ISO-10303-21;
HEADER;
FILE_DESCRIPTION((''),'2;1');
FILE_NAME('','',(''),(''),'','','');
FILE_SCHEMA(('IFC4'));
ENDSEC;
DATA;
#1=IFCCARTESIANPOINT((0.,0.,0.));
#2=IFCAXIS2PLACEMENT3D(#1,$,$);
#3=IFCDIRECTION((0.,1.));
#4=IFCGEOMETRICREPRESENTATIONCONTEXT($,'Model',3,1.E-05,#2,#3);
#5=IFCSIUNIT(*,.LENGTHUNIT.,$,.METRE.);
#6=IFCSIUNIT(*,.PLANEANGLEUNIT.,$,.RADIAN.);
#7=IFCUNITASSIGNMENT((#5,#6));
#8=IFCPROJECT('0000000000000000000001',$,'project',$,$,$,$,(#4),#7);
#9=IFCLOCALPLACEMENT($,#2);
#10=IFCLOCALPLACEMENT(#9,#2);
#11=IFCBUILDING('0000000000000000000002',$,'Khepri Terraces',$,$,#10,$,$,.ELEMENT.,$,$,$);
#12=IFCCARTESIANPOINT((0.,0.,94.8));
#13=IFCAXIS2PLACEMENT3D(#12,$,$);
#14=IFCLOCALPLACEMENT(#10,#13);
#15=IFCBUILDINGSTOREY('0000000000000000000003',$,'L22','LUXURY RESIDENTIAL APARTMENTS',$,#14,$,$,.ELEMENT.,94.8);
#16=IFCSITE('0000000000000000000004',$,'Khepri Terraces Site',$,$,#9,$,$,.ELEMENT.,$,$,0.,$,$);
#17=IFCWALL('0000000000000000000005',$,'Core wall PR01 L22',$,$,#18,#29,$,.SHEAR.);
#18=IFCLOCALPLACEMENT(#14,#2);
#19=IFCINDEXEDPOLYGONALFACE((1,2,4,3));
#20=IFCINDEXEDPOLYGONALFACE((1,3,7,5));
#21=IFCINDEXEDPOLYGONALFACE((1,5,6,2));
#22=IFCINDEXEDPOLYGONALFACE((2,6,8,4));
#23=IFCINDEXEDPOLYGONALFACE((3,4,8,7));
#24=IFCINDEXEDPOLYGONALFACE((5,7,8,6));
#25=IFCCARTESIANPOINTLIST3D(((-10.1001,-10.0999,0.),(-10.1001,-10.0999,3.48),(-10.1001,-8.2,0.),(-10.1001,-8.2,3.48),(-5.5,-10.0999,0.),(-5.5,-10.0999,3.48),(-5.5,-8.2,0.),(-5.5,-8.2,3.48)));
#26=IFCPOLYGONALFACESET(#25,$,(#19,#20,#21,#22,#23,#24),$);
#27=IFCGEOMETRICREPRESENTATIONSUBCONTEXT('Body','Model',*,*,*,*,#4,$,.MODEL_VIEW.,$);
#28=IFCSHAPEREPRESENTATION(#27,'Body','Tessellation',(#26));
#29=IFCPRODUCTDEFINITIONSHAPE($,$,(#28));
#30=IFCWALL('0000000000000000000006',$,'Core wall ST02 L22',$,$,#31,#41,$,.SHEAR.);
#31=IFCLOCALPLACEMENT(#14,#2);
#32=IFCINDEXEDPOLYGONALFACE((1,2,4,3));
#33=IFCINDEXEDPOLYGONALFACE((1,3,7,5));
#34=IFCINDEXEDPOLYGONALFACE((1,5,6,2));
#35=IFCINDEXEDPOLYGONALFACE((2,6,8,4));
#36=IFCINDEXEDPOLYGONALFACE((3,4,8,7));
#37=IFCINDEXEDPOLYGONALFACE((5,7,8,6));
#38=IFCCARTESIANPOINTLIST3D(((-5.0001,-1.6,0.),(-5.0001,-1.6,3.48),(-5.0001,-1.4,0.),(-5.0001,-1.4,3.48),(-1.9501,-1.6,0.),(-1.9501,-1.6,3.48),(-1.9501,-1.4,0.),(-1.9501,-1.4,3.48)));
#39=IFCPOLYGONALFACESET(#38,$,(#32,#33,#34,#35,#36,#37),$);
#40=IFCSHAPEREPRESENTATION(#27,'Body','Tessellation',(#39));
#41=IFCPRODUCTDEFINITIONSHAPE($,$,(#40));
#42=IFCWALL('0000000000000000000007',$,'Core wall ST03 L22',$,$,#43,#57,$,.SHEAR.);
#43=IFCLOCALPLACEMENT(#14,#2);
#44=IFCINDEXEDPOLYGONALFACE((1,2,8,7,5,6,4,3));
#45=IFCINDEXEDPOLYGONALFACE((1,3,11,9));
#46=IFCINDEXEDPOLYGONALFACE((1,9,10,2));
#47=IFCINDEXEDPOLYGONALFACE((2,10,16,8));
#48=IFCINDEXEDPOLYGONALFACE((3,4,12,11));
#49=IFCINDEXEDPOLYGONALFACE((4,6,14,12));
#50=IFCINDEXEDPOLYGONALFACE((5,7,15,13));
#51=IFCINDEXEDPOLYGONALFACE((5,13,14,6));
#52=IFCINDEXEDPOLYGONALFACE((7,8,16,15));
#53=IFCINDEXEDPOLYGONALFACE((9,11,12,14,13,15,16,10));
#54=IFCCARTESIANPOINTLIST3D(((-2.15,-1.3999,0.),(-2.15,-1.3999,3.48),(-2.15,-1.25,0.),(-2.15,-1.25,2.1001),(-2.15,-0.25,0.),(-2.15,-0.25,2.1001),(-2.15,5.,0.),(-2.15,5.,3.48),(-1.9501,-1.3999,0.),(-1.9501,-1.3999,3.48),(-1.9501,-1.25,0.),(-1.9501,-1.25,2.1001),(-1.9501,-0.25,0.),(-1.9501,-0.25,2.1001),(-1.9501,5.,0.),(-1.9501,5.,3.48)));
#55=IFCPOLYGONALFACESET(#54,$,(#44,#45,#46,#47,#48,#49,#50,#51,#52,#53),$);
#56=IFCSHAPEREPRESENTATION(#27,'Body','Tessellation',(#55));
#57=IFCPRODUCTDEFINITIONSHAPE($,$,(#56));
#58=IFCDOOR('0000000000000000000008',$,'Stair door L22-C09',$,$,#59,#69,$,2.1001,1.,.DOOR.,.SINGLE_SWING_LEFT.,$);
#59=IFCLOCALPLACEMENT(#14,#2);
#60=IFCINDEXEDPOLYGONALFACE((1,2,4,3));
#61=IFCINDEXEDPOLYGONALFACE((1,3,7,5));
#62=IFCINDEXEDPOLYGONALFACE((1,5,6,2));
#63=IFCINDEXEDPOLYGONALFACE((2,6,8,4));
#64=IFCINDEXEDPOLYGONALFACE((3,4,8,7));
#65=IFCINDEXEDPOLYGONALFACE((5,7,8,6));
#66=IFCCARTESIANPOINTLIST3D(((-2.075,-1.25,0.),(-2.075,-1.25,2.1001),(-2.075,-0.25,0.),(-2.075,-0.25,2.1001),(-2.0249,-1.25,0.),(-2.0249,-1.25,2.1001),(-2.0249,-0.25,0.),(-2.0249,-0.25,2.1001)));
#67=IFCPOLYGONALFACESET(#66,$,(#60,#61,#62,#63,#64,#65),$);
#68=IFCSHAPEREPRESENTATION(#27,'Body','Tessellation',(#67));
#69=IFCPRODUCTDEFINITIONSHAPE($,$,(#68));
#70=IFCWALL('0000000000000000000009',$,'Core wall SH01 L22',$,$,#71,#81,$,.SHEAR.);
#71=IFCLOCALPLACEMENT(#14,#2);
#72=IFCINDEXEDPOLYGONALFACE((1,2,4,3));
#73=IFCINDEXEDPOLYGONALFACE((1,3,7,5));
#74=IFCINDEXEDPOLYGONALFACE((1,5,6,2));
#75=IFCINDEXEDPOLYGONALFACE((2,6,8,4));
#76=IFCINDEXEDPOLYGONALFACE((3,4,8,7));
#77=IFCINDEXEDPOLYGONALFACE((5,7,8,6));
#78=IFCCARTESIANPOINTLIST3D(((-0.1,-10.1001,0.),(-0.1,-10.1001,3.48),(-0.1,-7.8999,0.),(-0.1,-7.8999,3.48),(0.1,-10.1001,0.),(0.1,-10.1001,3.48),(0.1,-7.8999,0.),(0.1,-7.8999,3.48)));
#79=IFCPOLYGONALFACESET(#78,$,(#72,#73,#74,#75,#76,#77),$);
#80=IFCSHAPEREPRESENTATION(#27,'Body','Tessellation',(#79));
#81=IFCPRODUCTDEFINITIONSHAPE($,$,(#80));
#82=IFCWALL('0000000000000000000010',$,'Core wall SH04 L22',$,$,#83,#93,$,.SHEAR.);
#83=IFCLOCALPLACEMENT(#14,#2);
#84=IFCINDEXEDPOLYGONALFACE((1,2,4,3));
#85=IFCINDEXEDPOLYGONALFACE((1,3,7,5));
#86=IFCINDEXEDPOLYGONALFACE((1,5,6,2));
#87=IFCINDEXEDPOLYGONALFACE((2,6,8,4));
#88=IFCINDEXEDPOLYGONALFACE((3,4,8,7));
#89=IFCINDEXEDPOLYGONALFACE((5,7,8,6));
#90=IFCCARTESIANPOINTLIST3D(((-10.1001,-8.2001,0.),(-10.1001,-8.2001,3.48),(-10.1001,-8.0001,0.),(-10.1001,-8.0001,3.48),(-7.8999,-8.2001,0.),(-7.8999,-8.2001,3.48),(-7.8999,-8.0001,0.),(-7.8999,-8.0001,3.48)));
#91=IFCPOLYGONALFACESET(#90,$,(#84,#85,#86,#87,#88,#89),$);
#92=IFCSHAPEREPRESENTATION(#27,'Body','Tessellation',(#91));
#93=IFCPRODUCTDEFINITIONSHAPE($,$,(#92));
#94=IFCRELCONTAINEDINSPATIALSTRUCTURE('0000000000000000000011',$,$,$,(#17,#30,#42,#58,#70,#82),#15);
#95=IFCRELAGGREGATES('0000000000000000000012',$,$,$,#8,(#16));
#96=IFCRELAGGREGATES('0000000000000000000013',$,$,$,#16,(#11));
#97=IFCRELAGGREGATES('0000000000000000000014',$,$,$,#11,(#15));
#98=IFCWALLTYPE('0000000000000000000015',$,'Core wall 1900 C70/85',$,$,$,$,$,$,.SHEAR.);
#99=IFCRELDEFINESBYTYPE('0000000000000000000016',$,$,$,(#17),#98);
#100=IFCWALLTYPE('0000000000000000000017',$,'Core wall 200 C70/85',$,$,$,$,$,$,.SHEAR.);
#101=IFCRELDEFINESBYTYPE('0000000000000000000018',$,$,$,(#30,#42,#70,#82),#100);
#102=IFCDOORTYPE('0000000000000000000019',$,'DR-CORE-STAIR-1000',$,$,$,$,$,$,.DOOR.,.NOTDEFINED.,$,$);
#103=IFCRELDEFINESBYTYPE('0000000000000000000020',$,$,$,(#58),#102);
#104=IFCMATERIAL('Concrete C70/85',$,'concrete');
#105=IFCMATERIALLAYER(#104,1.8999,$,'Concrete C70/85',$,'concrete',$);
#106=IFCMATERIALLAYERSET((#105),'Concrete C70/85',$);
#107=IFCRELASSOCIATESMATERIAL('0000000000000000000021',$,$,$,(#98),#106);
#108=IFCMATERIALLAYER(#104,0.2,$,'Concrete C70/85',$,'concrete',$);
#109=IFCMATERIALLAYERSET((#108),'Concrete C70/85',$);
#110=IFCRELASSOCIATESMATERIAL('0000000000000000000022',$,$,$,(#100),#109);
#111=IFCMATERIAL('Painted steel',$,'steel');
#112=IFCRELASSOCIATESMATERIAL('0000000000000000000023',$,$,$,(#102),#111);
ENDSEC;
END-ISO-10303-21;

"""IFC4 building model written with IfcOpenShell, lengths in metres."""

from ifc_helpers import new_model, si_unit, direction, frame, frame_2d, origin, place, context, subcontext, project, spatial, rectangle, extrude, material, layer, layer_set, type_object, element, fill, save


model = new_model("IFC4")

# Units and contexts
model_context = context("Model", 3, precision=1e-05, world=origin(), true_north=direction((0.0, 1.0)))
body_context = subcontext(model_context, "Body", "Model", "MODEL_VIEW")
ifc_project = project(units=[si_unit("LENGTHUNIT", "METRE"), si_unit("PLANEANGLEUNIT", "RADIAN")], contexts=[model_context])

# Site, building, storey
site_placement = place(None, origin())
site = spatial("IfcSite", under=ifc_project, at=site_placement, Name="Khepri Terraces Site", CompositionType="ELEMENT", RefElevation=0.0)
building_placement = place(site_placement, origin())
building = spatial("IfcBuilding", under=site, at=building_placement, Name="Khepri Terraces", CompositionType="ELEMENT")
storey_placement = place(building_placement, frame((0.0, 0.0, 94.8)))
storey = spatial("IfcBuildingStorey", under=building, at=storey_placement, Name="L22", Description="LUXURY RESIDENTIAL APARTMENTS", CompositionType="ELEMENT", Elevation=94.8)

# Walls
ifc_material_1 = material(Name="Concrete C70/85", Category="concrete")
ifc_layer_1 = layer(ifc_material_1, 1.8999, Name="Concrete C70/85", Category="concrete")
ifc_layer_set_1 = layer_set([ifc_layer_1], Name="Concrete C70/85")
wall_type_1 = type_object("IfcWallType", Name="Core wall 1900 C70/85", PredefinedType="SHEAR", material=ifc_layer_set_1)
wall_1_placement = place(storey_placement, frame((-10.1001, -9.1499, 0.0), z_axis=(0.0, 0.0, 1.0), x_axis=(1.0, 0.0, 0.0)))
element("IfcWall", 1, at=wall_1_placement, inside=storey, type_object=wall_type_1, Name="Core wall PR01 L22", PredefinedType="SHEAR", context=body_context, shape_type="SweptSolid", body=[
    extrude(rectangle(XDim=4.6001, YDim=1.8999, at=frame_2d((2.3, 0.0))), origin(), (0.0, 0.0, 1.0), 3.48),
])
ifc_layer_2 = layer(ifc_material_1, 0.2, Name="Concrete C70/85", Category="concrete")
ifc_layer_set_2 = layer_set([ifc_layer_2], Name="Concrete C70/85")
wall_type_2 = type_object("IfcWallType", Name="Core wall 200 C70/85", PredefinedType="SHEAR", material=ifc_layer_set_2)
wall_2_placement = place(storey_placement, frame((-5.0, -1.5, 0.0), z_axis=(0.0, 0.0, 1.0), x_axis=(1.0, 0.0, 0.0)))
element("IfcWall", 2, at=wall_2_placement, inside=storey, type_object=wall_type_2, Name="Core wall ST02 L22", PredefinedType="SHEAR", context=body_context, shape_type="SweptSolid", body=[
    extrude(rectangle(XDim=3.05, YDim=0.2, at=frame_2d((1.5249, 0.0))), origin(), (0.0, 0.0, 1.0), 3.48),
])

# Wall, opening, door
wall_3_placement = place(storey_placement, frame((-2.05, -1.3999, 0.0), z_axis=(0.0, 0.0, 1.0), x_axis=(0.0, 1.0, 0.0)))
wall_3 = element("IfcWall", 3, at=wall_3_placement, inside=storey, type_object=wall_type_2, Name="Core wall ST03 L22", PredefinedType="SHEAR", context=body_context, shape_type="SweptSolid", body=[
    extrude(rectangle(XDim=6.3999, YDim=0.2, at=frame_2d((3.2, 0.0))), origin(), (0.0, 0.0, 1.0), 3.48),
])
opening_1_placement = place(wall_3_placement, frame((0.1499, 0.0, 0.0)))
opening_1 = element("IfcOpeningElement", 4, at=opening_1_placement, cuts=wall_3, PredefinedType="OPENING", context=body_context, shape_type="SweptSolid", body=[
    extrude(rectangle(XDim=1.0, YDim=2.1001, at=frame_2d((0.5, 1.05))), frame((0.0, 0.1099, 0.0), z_axis=(0.0, -1.0, 0.0), x_axis=(1.0, 0.0, 0.0)), (0.0, 0.0, 1.0), 0.22),
])
ifc_material_2 = material(Name="Painted steel", Category="steel")
door_type_1 = type_object("IfcDoorType", Name="DR-CORE-STAIR-1000", OperationType="NOTDEFINED", PredefinedType="DOOR", material=ifc_material_2)
door_1_placement = place(opening_1_placement, origin())
door_1 = element("IfcDoor", 5, at=door_1_placement, inside=storey, type_object=door_type_1, Name="Stair door L22-C09", OperationType="SINGLE_SWING_LEFT", OverallHeight=2.1001, OverallWidth=1.0, PredefinedType="DOOR", context=body_context, shape_type="SweptSolid", body=[
    extrude(rectangle(XDim=1.0, YDim=2.1001, at=frame_2d((0.5, 1.05))), frame((0.0, 0.0249, 0.0), z_axis=(0.0, -1.0, 0.0), x_axis=(1.0, 0.0, 0.0)), (0.0, 0.0, 1.0), 0.05),
])
fill(opening_1, door_1)

# Walls
for number, where, z_axis, x_axis, name in (
    (6, (0.0, -10.1001, 0.0), (0.0, 0.0, 1.0), (0.0, 1.0, 0.0), "Core wall SH01 L22"),
    (7, (-10.1001, -8.1001, 0.0), (0.0, 0.0, 1.0), (1.0, 0.0, 0.0), "Core wall SH04 L22"),
):
    element("IfcWall", number, at=place(storey_placement, frame(where, z_axis=z_axis, x_axis=x_axis)), inside=storey, type_object=wall_type_2, Name=name, PredefinedType="SHEAR", context=body_context, shape_type="SweptSolid", body=[
        extrude(rectangle(XDim=2.2002, YDim=0.2, at=frame_2d((1.1001, 0.0))), origin(), (0.0, 0.0, 1.0), 3.48),
    ])

save(model, "model.ifc")
